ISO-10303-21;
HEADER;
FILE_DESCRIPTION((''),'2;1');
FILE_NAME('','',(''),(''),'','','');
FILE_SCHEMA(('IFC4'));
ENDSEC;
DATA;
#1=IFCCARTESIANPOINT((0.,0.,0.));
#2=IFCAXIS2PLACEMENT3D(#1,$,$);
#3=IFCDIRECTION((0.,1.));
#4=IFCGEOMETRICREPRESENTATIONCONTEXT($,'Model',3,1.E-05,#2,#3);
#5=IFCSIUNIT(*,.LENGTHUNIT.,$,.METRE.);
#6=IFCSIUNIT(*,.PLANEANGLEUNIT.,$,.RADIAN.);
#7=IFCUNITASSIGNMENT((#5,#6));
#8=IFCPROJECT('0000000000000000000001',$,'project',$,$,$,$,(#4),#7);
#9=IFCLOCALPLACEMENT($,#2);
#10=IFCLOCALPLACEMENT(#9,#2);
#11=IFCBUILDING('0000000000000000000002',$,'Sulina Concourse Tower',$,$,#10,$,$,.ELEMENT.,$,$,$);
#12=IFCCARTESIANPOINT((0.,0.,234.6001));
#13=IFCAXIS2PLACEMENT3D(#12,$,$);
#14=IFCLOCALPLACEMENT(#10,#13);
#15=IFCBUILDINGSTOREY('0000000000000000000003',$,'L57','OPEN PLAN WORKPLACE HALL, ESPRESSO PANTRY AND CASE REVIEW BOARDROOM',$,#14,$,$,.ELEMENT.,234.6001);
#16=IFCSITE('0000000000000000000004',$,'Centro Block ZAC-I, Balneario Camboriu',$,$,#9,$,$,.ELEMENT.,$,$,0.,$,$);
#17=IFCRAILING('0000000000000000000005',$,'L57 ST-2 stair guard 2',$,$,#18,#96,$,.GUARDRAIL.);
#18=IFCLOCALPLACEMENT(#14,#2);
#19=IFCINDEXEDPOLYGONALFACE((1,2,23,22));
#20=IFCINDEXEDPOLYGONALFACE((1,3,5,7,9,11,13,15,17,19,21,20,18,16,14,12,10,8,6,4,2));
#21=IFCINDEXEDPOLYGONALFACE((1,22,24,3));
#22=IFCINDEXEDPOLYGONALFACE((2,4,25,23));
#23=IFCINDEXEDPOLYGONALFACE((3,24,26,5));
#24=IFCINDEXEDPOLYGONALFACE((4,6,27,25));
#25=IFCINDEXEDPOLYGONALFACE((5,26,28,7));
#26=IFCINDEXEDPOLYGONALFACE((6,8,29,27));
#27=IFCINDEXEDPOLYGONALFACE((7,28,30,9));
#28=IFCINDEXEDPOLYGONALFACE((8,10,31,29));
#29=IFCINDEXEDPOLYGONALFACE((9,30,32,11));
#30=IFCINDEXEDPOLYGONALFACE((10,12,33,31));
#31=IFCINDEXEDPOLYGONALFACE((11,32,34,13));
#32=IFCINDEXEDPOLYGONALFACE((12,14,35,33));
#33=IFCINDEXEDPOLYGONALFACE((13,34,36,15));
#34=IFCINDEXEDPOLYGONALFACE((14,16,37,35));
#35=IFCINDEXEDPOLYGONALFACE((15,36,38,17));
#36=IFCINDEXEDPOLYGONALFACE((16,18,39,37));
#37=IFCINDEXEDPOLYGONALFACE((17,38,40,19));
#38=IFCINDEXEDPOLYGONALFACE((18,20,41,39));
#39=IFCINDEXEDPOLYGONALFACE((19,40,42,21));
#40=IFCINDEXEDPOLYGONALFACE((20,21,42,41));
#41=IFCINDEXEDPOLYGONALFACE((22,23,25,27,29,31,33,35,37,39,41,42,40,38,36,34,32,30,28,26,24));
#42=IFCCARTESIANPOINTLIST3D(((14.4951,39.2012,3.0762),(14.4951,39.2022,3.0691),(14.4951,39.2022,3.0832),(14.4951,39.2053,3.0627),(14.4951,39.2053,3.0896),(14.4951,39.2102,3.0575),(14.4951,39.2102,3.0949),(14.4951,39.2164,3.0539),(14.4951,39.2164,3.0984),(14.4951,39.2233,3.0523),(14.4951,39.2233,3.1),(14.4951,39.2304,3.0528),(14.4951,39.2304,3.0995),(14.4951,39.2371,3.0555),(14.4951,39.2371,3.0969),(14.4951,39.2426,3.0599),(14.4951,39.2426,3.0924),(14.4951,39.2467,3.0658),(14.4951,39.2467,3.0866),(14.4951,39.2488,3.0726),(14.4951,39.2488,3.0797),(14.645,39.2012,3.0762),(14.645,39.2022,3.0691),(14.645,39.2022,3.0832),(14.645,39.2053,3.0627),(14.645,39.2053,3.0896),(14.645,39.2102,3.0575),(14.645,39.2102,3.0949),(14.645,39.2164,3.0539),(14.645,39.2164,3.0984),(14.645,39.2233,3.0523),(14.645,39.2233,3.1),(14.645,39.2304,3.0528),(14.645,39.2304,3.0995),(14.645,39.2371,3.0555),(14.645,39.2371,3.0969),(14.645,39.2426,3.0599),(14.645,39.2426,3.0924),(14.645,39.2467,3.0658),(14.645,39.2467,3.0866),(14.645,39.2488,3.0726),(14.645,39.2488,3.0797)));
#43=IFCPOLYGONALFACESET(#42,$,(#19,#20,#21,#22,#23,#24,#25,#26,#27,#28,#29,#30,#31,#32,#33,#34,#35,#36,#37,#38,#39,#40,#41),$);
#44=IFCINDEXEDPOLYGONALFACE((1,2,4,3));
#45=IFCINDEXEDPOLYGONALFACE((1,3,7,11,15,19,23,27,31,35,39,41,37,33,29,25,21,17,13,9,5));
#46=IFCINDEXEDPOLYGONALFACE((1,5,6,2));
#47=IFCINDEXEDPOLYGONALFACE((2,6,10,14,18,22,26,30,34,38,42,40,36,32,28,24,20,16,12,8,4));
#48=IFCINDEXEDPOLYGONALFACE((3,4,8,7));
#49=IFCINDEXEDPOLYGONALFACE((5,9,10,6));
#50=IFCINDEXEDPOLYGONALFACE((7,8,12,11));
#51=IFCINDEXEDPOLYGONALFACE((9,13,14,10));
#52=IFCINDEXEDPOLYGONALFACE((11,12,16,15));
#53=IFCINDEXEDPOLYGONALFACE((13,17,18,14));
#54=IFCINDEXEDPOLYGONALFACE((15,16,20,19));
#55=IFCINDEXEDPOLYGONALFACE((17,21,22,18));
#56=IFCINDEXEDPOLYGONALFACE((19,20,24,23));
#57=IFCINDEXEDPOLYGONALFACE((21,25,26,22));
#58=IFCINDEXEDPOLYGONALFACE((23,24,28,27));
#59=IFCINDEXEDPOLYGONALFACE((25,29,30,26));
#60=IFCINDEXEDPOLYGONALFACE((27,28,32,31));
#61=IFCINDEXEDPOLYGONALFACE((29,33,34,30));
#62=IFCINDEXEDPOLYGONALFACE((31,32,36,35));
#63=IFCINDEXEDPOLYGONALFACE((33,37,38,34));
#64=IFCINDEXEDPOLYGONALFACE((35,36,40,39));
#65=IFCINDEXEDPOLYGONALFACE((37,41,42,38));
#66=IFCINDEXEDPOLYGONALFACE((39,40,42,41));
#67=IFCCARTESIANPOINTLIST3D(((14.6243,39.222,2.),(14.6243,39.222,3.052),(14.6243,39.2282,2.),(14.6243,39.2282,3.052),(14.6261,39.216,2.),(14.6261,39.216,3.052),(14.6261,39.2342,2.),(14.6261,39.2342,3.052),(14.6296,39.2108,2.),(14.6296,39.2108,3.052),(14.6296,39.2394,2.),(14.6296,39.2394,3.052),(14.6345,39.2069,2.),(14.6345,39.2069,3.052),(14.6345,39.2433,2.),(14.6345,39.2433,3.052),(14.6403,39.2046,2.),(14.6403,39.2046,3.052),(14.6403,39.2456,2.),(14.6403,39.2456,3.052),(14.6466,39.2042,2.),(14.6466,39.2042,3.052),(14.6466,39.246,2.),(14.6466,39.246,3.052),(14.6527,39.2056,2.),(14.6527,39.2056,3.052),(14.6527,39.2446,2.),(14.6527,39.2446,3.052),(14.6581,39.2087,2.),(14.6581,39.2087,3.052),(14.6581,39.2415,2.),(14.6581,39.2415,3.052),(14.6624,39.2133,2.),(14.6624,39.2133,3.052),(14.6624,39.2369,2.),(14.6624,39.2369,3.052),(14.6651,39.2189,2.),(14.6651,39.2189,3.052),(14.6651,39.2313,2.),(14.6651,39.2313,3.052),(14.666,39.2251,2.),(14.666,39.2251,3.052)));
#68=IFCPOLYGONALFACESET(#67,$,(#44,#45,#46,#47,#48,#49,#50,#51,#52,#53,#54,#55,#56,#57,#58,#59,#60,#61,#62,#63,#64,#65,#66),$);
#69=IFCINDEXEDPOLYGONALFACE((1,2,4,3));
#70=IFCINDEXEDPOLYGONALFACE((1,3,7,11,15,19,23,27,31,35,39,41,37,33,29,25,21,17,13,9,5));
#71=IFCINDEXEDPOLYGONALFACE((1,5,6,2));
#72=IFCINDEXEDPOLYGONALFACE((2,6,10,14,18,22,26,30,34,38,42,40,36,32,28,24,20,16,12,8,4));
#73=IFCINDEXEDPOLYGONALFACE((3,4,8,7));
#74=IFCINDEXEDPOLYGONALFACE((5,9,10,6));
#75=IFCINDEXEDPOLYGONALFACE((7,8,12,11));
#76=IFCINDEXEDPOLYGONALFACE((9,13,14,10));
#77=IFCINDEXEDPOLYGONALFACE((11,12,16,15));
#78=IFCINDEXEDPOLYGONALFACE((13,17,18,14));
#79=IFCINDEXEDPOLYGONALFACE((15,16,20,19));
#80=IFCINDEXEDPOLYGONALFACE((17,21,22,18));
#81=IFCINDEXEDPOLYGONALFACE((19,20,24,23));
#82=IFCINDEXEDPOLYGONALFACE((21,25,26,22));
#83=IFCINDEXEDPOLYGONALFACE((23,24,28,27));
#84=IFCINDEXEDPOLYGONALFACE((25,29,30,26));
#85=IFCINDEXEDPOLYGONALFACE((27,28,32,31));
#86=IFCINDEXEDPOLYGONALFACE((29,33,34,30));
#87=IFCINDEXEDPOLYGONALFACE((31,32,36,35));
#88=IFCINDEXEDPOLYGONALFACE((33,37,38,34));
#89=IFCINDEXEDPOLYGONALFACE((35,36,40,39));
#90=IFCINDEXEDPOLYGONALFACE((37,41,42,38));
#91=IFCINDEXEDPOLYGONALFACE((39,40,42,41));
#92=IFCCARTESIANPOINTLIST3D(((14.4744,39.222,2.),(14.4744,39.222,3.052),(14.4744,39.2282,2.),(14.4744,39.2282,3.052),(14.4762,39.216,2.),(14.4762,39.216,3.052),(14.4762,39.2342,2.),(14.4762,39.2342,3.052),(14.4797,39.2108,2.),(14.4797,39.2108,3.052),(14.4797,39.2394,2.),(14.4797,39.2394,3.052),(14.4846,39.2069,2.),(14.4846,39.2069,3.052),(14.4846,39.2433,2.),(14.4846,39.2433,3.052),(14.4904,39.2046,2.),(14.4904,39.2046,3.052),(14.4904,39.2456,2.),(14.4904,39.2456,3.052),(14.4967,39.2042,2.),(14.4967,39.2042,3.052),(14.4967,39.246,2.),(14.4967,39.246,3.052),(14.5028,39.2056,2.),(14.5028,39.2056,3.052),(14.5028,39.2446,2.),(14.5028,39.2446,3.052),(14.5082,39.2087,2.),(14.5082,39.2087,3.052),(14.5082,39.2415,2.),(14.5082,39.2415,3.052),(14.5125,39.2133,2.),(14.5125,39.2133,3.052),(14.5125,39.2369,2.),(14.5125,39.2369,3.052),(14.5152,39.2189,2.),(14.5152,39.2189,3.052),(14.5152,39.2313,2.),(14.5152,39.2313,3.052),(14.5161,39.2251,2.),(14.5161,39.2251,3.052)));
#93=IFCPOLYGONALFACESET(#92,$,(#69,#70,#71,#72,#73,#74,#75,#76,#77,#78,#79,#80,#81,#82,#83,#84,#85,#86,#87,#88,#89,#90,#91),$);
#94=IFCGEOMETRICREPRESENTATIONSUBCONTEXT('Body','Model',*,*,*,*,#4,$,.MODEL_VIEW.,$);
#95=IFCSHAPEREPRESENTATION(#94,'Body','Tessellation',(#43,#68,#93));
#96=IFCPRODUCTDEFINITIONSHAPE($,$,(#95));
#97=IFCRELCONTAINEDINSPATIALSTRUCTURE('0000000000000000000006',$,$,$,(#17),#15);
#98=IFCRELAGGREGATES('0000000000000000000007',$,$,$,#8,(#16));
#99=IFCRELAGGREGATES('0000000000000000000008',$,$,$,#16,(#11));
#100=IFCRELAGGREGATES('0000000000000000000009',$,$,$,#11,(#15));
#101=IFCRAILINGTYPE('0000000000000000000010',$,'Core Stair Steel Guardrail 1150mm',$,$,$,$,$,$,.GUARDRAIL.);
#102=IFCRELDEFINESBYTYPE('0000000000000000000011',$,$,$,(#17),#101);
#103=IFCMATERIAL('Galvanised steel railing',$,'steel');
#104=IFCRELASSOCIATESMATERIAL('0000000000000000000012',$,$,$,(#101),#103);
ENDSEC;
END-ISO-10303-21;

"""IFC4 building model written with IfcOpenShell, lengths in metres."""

from ifc_helpers import new_model, si_unit, direction, frame, origin, origin_2d, place, context, subcontext, project, spatial, circle, extrude, material, type_object, element, save


model = new_model("IFC4")

# Units and contexts
model_context = context("Model", 3, precision=1e-05, world=origin(), true_north=direction((0.0, 1.0)))
body_context = subcontext(model_context, "Body", "Model", "MODEL_VIEW")
ifc_project = project(units=[si_unit("LENGTHUNIT", "METRE"), si_unit("PLANEANGLEUNIT", "RADIAN")], contexts=[model_context])

# Site, building, storey
site_placement = place(None, origin())
site = spatial("IfcSite", under=ifc_project, at=site_placement, Name="Centro Block ZAC-I, Balneario Camboriu", CompositionType="ELEMENT", RefElevation=0.0)
building_placement = place(site_placement, origin())
building = spatial("IfcBuilding", under=site, at=building_placement, Name="Sulina Concourse Tower", CompositionType="ELEMENT")
storey_placement = place(building_placement, frame((0.0, 0.0, 234.6001)))
storey = spatial("IfcBuildingStorey", under=building, at=storey_placement, Name="L57", Description="OPEN PLAN WORKPLACE HALL, ESPRESSO PANTRY AND CASE REVIEW BOARDROOM", CompositionType="ELEMENT", Elevation=234.6001)

# Railing
ifc_material_1 = material(Name="Galvanised steel railing", Category="steel")
railing_type_1 = type_object("IfcRailingType", Name="Core Stair Steel Guardrail 1150mm", PredefinedType="GUARDRAIL", material=ifc_material_1)
railing_1_placement = place(storey_placement, frame((14.645, 39.2251, 2.0)))
element("IfcRailing", 1, at=railing_1_placement, inside=storey, type_object=railing_type_1, Name="L57 ST-2 stair guard 2", PredefinedType="GUARDRAIL", context=body_context, shape_type="SweptSolid", body=[
    extrude(circle(Radius=0.0239, at=origin_2d()), frame((0.0, 0.0, 1.0762), z_axis=(-1.0, 0.0, 0.0), x_axis=(0.0, -1.0, 0.0)), (0.0, 0.0, 1.0), 0.1499),
    extrude(circle(Radius=0.021, at=origin_2d()), origin(), (0.0, 0.0, 1.0), 1.052),
    extrude(circle(Radius=0.021, at=origin_2d()), frame((-0.1499, 0.0, 0.0)), (0.0, 0.0, 1.0), 1.052),
])

save(model, "model.ifc")
